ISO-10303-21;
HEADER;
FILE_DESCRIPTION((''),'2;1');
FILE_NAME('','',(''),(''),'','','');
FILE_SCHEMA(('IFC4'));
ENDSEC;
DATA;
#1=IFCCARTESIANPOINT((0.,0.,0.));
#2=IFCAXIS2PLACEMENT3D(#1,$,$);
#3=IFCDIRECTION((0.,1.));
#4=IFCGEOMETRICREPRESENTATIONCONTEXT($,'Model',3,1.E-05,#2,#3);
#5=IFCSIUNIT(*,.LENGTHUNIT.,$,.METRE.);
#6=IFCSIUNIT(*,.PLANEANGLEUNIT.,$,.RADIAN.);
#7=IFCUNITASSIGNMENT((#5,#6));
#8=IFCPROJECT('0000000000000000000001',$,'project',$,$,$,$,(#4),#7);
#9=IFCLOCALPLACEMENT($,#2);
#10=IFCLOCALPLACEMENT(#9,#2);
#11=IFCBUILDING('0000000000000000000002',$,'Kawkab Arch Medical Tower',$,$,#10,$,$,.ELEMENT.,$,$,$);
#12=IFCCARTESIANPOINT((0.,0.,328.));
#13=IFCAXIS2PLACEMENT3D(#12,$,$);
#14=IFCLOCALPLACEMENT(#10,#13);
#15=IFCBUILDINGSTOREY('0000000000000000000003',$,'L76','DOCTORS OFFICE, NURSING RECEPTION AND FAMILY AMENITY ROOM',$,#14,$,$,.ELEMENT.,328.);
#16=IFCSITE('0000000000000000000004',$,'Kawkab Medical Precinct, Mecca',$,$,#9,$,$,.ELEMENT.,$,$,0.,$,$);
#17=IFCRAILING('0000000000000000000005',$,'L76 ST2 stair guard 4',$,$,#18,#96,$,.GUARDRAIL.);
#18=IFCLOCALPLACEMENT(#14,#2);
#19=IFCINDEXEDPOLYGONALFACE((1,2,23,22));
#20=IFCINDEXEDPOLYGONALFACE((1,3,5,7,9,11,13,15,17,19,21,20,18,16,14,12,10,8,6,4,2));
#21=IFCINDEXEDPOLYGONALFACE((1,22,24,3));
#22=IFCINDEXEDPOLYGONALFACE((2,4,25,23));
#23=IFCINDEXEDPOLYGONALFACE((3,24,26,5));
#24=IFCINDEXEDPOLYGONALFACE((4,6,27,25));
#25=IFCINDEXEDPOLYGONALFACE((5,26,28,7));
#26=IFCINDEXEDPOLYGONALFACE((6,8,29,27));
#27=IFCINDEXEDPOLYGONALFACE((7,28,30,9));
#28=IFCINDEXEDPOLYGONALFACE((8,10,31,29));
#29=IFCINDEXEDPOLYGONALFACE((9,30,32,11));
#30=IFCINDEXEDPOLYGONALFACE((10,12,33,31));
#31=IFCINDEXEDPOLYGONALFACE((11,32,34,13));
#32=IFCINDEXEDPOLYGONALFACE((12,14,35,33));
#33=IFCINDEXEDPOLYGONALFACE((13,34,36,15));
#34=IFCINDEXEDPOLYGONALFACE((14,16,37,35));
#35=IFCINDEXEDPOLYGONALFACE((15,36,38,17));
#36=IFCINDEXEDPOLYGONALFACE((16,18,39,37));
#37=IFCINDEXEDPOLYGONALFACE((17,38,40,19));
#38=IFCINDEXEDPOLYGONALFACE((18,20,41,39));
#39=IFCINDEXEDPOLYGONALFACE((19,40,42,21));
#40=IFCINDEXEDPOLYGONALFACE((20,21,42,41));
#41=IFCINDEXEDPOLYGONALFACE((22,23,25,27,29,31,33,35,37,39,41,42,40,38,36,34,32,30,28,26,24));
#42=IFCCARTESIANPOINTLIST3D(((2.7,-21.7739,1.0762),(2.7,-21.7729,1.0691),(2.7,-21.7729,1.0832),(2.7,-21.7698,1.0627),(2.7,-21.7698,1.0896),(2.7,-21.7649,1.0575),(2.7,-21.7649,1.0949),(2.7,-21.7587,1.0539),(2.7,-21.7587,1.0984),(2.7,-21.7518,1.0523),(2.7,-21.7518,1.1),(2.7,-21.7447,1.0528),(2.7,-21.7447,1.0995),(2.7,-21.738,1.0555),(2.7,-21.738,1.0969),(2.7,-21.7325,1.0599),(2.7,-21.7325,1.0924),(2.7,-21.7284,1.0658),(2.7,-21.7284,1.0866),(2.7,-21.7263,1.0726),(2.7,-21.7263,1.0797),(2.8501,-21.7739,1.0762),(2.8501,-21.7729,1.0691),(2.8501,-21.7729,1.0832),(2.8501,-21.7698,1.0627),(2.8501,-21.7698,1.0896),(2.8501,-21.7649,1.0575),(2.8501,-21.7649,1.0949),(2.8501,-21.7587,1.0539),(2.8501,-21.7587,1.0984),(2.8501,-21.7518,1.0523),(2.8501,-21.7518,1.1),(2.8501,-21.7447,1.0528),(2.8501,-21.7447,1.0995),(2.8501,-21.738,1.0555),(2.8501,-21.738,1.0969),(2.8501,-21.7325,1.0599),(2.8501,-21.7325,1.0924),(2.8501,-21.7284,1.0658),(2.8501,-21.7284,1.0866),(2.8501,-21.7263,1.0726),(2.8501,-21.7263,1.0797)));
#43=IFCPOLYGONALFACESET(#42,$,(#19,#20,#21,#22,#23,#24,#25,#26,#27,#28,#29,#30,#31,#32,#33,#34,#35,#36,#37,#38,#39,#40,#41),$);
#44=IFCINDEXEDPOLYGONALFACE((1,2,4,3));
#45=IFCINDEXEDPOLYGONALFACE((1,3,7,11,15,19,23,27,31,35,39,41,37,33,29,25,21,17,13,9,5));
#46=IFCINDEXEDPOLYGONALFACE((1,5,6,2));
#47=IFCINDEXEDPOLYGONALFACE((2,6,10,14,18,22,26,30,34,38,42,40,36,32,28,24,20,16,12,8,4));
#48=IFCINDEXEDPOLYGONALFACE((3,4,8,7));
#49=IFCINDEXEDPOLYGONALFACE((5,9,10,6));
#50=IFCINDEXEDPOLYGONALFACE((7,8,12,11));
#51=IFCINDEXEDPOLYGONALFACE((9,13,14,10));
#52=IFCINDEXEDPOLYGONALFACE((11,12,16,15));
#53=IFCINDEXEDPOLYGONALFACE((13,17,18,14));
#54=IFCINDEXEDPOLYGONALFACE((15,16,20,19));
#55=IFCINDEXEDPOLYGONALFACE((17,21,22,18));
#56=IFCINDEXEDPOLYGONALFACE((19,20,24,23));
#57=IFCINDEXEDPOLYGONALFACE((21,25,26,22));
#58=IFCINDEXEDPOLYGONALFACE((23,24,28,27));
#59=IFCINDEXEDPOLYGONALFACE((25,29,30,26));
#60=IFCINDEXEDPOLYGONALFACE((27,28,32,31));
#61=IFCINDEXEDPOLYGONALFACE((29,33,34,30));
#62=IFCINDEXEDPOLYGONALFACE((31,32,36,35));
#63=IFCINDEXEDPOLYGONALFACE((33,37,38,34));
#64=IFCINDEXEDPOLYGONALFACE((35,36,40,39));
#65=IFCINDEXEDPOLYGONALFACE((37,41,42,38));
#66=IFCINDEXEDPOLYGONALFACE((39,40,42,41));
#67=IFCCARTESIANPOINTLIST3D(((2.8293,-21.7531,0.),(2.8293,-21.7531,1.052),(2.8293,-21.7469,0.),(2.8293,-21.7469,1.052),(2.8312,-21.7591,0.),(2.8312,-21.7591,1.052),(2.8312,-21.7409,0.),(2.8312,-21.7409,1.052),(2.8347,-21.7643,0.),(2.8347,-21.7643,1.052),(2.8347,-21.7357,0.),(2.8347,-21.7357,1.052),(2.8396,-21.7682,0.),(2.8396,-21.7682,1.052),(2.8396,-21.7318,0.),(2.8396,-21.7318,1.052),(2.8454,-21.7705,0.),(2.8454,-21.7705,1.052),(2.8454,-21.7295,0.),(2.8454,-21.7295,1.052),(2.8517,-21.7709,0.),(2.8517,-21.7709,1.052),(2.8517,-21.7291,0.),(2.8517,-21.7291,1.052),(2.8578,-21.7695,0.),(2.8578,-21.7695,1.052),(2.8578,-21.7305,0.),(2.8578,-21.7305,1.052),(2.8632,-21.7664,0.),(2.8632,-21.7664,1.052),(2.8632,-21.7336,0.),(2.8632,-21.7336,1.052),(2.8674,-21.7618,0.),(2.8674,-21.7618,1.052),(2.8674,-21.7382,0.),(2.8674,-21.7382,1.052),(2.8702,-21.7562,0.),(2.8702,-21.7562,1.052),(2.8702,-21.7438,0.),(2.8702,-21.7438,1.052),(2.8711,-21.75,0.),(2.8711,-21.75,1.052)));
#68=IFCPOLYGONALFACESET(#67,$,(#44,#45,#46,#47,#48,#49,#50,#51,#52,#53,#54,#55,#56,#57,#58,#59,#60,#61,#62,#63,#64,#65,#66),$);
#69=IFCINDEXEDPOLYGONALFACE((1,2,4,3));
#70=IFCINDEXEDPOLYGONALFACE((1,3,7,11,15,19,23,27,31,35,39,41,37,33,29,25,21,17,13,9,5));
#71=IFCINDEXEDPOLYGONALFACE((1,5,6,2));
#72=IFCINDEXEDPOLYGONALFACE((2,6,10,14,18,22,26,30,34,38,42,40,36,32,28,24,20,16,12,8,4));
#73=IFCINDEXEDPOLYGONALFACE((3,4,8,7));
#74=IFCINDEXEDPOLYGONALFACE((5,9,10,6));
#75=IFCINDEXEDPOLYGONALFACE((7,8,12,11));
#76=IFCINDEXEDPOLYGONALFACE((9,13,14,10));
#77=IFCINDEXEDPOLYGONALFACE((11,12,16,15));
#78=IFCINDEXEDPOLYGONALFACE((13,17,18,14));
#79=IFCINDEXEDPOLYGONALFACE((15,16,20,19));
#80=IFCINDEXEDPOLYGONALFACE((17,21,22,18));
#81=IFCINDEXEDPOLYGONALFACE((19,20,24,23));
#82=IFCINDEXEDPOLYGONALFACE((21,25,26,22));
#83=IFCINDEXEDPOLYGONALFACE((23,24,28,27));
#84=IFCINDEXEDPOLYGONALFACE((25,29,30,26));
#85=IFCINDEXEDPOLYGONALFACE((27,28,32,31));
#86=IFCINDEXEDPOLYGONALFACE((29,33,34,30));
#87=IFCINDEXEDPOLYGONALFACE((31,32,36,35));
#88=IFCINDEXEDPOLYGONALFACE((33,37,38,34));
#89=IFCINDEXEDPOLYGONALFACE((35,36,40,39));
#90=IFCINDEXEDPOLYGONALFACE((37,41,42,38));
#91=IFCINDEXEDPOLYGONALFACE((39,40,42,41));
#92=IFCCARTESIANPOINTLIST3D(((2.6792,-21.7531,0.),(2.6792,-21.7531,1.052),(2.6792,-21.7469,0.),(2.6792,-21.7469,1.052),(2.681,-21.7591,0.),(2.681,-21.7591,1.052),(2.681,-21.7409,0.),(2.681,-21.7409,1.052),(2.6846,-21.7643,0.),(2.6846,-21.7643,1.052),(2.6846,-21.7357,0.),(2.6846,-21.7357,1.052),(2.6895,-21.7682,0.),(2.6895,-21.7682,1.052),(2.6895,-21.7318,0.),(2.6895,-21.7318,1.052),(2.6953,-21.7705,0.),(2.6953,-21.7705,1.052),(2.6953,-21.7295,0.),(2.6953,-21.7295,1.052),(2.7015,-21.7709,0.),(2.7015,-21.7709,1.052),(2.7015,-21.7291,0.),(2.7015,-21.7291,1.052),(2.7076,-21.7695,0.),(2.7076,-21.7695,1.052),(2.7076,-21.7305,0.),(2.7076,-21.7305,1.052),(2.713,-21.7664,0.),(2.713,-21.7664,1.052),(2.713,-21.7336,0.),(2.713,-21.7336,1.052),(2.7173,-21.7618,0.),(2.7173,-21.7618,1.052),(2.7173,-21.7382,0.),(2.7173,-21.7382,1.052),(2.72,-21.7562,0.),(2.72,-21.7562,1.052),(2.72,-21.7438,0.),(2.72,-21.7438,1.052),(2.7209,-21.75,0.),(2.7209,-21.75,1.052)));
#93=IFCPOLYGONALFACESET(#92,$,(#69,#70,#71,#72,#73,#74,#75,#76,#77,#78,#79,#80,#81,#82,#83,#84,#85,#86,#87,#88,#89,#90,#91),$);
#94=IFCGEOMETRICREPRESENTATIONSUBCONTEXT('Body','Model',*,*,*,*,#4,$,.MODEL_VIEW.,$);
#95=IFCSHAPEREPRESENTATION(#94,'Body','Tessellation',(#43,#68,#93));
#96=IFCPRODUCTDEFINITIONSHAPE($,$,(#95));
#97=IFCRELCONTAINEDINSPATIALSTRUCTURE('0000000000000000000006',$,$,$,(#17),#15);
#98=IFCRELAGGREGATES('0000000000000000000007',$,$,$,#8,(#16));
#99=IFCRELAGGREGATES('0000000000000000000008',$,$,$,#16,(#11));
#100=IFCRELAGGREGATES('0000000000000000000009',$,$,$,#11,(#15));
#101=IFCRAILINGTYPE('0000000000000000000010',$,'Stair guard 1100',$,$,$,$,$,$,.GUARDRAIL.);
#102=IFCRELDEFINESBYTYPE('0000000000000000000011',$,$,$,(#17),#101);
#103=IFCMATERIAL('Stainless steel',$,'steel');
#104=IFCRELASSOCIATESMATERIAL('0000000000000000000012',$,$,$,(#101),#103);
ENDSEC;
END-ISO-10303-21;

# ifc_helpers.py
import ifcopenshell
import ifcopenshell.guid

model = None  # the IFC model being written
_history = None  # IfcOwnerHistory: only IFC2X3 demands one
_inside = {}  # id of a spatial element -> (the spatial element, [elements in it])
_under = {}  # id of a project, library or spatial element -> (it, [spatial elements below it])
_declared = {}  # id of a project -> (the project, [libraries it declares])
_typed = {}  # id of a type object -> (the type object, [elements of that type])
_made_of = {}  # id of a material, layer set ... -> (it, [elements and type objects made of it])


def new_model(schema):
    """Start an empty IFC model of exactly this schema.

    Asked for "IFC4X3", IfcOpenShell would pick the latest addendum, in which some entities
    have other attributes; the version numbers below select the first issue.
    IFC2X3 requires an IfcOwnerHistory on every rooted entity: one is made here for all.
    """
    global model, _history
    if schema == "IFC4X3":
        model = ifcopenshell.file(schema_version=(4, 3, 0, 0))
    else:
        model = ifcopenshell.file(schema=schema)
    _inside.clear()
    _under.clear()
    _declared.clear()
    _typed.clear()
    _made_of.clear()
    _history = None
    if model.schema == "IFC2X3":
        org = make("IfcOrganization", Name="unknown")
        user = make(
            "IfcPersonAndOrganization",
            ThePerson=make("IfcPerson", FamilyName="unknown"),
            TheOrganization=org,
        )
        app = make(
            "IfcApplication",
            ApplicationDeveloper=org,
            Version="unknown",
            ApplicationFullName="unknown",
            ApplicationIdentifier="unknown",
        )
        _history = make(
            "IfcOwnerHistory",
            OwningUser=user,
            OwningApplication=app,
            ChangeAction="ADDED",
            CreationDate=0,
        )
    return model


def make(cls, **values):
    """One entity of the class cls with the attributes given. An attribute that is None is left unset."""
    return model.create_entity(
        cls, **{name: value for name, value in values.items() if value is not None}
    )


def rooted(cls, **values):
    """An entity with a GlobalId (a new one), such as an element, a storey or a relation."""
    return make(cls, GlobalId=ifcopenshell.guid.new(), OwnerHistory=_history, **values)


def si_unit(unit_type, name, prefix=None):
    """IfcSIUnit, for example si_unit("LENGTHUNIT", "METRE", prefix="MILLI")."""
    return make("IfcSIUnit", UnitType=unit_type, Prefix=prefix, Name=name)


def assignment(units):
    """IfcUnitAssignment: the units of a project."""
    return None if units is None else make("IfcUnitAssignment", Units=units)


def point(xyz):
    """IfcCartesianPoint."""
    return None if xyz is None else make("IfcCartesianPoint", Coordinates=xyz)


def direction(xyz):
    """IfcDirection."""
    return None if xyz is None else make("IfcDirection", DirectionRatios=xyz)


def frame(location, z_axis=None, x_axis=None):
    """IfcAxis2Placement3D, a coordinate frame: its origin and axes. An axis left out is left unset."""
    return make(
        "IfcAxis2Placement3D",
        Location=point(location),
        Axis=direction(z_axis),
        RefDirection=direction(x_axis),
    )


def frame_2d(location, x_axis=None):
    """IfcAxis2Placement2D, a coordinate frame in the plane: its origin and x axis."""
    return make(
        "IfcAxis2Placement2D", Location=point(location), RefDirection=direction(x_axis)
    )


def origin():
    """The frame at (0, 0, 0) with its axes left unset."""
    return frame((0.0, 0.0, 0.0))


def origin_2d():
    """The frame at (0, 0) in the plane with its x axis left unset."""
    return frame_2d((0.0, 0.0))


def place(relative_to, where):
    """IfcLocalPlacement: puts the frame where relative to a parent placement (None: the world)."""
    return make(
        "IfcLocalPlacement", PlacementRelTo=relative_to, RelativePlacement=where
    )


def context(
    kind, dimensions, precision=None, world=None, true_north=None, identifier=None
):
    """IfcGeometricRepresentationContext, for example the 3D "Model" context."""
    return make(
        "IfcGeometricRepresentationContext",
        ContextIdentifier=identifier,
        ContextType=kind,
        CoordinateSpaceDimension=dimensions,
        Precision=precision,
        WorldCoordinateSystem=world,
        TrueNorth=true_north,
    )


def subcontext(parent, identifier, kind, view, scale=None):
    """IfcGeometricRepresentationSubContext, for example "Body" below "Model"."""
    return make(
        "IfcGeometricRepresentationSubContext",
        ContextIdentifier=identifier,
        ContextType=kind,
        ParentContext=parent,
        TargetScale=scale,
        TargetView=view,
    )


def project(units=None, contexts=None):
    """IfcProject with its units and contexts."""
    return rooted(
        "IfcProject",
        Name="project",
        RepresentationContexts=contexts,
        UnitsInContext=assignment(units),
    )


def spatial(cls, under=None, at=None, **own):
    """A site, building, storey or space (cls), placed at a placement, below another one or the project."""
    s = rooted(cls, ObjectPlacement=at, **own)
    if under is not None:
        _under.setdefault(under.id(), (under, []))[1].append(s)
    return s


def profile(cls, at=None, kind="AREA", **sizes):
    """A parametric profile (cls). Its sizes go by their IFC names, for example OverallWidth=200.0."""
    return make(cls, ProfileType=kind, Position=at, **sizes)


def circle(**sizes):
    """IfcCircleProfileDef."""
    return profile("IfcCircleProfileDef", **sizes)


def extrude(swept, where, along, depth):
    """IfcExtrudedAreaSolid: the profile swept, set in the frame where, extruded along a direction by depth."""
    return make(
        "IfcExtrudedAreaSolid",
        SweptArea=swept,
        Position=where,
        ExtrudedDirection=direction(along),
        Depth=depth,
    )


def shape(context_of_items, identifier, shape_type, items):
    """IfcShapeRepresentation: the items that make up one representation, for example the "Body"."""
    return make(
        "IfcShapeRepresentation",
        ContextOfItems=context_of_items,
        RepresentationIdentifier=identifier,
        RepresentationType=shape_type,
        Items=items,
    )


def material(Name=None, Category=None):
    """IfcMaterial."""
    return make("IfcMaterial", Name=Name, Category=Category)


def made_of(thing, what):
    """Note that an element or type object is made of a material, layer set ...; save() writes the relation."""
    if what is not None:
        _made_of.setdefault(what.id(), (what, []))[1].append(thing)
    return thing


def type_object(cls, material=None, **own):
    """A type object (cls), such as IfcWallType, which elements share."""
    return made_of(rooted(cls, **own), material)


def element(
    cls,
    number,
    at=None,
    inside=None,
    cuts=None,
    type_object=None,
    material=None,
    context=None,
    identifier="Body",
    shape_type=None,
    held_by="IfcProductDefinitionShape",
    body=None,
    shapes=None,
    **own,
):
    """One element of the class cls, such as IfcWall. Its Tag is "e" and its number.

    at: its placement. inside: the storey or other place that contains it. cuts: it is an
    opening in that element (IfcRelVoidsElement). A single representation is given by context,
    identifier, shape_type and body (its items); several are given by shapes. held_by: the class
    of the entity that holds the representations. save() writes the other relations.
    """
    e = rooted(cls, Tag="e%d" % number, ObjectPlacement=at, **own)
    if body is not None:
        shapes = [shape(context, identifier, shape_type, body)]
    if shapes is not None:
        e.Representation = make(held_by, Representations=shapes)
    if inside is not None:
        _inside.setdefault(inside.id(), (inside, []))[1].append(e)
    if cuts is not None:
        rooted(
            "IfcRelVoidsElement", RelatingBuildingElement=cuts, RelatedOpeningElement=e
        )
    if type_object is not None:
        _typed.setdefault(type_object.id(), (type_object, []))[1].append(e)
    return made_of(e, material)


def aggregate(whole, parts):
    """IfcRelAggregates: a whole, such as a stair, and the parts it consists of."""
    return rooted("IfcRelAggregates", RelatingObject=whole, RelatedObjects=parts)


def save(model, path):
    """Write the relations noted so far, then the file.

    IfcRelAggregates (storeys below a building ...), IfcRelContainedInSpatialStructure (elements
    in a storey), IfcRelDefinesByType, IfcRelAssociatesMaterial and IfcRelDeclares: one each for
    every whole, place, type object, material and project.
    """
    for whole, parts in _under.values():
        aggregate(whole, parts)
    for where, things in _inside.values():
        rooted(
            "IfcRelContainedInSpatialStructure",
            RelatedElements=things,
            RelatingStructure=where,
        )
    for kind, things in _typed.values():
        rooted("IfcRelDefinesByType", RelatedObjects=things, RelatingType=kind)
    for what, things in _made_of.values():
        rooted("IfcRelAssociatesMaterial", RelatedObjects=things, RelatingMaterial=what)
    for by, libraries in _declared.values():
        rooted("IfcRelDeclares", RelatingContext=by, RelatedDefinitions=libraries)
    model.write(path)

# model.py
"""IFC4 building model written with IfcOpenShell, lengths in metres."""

from ifc_helpers import new_model, si_unit, direction, frame, origin, origin_2d, place, context, subcontext, project, spatial, circle, extrude, material, type_object, element, save


model = new_model("IFC4")

# Units and contexts
model_context = context("Model", 3, precision=1e-05, world=origin(), true_north=direction((0.0, 1.0)))
body_context = subcontext(model_context, "Body", "Model", "MODEL_VIEW")
ifc_project = project(units=[si_unit("LENGTHUNIT", "METRE"), si_unit("PLANEANGLEUNIT", "RADIAN")], contexts=[model_context])

# Site, building, storey
site_placement = place(None, origin())
site = spatial("IfcSite", under=ifc_project, at=site_placement, Name="Kawkab Medical Precinct, Mecca", CompositionType="ELEMENT", RefElevation=0.0)
building_placement = place(site_placement, origin())
building = spatial("IfcBuilding", under=site, at=building_placement, Name="Kawkab Arch Medical Tower", CompositionType="ELEMENT")
storey_placement = place(building_placement, frame((0.0, 0.0, 328.0)))
storey = spatial("IfcBuildingStorey", under=building, at=storey_placement, Name="L76", Description="DOCTORS OFFICE, NURSING RECEPTION AND FAMILY AMENITY ROOM", CompositionType="ELEMENT", Elevation=328.0)

# Railing
ifc_material_1 = material(Name="Stainless steel", Category="steel")
railing_type = type_object("IfcRailingType", Name="Stair guard 1100", PredefinedType="GUARDRAIL", material=ifc_material_1)
railing_1_placement = place(storey_placement, frame((2.8501, -21.75, 0.0)))
element("IfcRailing", 1, at=railing_1_placement, inside=storey, type_object=railing_type, Name="L76 ST2 stair guard 4", PredefinedType="GUARDRAIL", context=body_context, shape_type="SweptSolid", body=[
    extrude(circle(Radius=0.0239, at=origin_2d()), frame((0.0, 0.0, 1.0762), z_axis=(-1.0, 0.0, 0.0), x_axis=(0.0, -1.0, 0.0)), (0.0, 0.0, 1.0), 0.1501),
    extrude(circle(Radius=0.021, at=origin_2d()), origin(), (0.0, 0.0, 1.0), 1.052),
    extrude(circle(Radius=0.021, at=origin_2d()), frame((-0.1501, 0.0, 0.0)), (0.0, 0.0, 1.0), 1.052),
])

save(model, "model.ifc")
